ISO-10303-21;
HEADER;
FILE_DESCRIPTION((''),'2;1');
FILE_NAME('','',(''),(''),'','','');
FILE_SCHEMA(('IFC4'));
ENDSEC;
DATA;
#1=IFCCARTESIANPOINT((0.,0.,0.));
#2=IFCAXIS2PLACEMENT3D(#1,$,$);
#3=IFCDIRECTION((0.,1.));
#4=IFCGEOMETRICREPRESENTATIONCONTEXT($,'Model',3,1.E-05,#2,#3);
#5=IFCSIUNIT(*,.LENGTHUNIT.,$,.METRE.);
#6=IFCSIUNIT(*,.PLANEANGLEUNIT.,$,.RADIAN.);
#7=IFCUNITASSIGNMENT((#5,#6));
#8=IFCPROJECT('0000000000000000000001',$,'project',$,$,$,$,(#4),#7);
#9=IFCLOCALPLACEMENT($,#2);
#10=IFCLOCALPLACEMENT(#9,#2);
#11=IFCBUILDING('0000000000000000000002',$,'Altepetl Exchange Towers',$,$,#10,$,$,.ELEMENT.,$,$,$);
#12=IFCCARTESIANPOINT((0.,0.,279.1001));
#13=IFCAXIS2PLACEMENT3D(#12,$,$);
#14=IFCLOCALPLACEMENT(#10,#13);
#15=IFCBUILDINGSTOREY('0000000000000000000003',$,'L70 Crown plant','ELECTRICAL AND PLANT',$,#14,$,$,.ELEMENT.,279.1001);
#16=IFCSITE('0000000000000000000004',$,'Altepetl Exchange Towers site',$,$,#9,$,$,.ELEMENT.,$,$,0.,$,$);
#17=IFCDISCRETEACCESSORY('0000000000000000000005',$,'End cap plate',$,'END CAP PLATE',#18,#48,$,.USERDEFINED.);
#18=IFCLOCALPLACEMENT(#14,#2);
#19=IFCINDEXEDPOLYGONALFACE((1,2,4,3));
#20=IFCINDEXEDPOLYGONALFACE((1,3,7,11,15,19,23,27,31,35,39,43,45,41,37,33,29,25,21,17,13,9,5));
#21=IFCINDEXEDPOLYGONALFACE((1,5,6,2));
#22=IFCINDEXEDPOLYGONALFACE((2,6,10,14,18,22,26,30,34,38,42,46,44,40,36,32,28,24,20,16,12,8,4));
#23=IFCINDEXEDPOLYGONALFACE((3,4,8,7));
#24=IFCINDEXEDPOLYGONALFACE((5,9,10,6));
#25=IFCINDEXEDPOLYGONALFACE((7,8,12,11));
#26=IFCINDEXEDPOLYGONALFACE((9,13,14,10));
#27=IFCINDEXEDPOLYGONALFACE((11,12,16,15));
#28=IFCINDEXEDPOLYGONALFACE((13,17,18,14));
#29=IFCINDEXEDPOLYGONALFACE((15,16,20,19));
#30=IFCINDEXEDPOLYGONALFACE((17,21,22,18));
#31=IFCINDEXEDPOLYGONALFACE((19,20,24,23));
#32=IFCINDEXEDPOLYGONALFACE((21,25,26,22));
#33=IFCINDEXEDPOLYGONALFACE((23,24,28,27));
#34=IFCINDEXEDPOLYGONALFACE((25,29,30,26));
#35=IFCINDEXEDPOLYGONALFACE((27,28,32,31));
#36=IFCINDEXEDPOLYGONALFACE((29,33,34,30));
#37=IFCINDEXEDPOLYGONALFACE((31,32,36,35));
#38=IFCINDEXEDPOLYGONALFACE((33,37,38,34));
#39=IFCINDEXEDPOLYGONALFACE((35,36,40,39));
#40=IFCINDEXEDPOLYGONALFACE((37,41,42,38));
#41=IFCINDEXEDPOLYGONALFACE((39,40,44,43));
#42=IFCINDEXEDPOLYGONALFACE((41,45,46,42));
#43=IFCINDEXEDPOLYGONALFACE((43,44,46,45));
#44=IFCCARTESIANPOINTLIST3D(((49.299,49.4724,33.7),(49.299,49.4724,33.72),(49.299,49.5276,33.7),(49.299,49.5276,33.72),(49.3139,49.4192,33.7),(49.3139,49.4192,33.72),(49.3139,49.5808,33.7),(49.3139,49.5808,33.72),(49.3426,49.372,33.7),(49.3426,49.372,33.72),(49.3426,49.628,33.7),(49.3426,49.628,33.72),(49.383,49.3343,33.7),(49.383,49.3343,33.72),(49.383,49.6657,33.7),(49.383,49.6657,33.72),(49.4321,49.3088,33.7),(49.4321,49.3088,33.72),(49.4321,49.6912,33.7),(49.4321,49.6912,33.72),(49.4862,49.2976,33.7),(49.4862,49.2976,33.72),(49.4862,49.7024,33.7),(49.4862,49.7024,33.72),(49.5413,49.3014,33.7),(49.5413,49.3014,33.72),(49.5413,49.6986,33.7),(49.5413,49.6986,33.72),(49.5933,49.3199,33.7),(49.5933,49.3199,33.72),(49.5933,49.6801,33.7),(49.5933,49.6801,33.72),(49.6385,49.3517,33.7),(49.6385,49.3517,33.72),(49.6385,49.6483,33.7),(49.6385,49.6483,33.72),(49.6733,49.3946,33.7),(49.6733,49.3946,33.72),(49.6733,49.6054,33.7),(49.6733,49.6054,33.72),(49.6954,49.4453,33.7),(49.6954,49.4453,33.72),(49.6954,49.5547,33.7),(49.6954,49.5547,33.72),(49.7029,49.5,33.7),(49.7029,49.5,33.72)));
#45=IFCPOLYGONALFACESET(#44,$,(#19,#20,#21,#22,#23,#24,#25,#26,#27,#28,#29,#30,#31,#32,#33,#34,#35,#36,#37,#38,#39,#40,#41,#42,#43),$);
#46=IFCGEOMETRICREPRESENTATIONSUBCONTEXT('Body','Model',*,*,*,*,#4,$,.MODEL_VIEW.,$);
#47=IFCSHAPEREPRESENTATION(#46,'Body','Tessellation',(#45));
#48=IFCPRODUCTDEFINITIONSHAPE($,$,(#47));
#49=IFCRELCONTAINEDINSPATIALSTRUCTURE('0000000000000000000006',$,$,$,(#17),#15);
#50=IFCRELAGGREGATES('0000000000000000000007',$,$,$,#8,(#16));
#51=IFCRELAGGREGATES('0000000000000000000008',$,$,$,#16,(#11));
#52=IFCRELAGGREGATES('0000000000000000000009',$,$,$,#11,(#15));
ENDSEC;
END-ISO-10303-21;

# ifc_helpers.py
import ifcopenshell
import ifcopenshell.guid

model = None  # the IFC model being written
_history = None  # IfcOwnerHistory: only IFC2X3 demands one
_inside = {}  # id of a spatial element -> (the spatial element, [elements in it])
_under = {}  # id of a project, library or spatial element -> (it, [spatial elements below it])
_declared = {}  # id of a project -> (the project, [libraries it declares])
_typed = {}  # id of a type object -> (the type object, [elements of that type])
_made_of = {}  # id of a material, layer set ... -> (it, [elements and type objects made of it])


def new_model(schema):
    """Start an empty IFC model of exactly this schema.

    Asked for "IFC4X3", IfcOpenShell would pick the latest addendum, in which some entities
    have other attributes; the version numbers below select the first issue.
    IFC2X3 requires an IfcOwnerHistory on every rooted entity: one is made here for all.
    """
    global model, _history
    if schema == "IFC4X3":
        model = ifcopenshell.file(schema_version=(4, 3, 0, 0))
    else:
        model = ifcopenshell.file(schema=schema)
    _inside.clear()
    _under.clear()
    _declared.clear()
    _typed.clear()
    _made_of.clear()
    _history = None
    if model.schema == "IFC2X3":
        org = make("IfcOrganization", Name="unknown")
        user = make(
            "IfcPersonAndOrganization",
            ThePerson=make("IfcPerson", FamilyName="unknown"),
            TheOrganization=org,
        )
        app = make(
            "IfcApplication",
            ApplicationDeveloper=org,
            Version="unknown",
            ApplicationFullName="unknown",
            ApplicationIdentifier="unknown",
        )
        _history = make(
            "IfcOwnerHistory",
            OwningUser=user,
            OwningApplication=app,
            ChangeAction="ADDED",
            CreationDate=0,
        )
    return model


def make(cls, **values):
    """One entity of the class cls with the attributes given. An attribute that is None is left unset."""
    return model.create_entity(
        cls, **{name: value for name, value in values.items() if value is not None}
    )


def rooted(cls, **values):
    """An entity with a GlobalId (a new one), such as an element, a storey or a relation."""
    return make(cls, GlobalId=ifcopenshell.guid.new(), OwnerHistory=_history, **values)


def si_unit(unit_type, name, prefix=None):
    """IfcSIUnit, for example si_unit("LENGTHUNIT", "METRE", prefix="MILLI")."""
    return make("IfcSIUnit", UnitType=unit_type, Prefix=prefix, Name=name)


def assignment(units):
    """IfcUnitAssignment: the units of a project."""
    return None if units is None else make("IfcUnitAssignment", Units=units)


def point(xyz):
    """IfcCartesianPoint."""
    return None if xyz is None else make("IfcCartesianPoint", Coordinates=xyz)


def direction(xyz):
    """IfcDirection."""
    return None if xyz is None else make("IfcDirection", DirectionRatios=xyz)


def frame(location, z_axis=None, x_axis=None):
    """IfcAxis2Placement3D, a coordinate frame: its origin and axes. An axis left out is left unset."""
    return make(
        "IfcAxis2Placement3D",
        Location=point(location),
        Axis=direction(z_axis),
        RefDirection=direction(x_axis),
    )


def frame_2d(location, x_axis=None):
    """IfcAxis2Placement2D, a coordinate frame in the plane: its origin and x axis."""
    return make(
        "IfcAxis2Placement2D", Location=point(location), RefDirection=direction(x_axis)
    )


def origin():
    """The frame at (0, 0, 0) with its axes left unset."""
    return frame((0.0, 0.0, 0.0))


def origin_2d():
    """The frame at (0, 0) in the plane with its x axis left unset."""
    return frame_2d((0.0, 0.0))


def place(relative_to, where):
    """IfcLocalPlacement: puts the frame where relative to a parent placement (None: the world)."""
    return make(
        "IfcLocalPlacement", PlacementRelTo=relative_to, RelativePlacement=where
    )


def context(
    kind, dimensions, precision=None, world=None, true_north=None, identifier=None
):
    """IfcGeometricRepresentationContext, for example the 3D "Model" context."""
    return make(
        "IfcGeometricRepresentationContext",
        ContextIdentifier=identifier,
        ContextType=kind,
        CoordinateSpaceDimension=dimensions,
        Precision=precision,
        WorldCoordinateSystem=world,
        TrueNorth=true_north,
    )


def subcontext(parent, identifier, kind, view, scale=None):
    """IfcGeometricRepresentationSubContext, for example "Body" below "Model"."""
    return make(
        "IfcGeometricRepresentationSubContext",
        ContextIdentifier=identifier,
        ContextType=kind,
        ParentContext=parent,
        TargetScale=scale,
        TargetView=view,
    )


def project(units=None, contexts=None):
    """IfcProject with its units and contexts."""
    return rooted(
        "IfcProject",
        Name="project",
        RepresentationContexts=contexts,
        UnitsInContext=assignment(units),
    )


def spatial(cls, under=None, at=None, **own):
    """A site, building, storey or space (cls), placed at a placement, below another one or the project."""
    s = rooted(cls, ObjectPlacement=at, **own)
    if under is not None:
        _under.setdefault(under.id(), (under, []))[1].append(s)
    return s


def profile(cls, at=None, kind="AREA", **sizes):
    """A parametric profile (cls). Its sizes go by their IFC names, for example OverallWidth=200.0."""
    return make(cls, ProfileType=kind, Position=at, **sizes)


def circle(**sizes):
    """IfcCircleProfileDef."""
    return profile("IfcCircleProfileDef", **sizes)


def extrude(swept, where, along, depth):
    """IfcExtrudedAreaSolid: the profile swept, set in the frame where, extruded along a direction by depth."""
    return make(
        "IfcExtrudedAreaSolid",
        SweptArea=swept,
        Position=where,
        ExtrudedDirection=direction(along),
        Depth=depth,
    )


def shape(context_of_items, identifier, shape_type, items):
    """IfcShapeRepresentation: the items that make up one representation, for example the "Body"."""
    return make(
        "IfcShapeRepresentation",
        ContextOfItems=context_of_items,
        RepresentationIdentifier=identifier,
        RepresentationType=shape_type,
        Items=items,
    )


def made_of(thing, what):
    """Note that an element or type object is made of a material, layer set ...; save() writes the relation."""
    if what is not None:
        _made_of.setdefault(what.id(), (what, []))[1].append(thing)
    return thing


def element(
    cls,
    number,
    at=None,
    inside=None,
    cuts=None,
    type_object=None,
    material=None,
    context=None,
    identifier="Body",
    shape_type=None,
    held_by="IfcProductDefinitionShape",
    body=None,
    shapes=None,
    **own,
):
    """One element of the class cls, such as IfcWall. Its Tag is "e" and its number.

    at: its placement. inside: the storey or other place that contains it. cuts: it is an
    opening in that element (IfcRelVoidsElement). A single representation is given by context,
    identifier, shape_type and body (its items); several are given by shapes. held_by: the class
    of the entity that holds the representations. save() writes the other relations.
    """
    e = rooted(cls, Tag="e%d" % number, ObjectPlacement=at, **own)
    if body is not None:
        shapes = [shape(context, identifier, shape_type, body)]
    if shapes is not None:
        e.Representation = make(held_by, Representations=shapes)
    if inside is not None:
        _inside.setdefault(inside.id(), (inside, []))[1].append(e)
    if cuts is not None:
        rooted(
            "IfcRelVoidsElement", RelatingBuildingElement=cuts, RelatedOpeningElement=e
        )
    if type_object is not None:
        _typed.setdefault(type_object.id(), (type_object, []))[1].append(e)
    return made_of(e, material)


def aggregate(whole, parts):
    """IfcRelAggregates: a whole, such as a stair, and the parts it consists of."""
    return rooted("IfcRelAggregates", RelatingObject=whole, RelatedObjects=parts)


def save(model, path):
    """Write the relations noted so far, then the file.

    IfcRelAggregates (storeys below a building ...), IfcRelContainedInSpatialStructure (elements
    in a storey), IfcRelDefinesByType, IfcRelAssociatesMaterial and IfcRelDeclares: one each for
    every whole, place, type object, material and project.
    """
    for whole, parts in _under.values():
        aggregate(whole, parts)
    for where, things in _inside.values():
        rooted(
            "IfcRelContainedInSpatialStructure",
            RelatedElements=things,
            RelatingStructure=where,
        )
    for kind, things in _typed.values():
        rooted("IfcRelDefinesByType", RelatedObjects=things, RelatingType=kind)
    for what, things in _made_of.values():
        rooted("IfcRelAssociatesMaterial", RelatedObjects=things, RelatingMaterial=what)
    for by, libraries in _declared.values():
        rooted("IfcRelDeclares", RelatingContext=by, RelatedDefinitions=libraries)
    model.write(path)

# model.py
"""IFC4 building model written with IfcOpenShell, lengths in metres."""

from ifc_helpers import new_model, si_unit, direction, frame, origin, origin_2d, place, context, subcontext, project, spatial, circle, extrude, element, save


model = new_model("IFC4")

# Units and contexts
model_context = context("Model", 3, precision=1e-05, world=origin(), true_north=direction((0.0, 1.0)))
body_context = subcontext(model_context, "Body", "Model", "MODEL_VIEW")
ifc_project = project(units=[si_unit("LENGTHUNIT", "METRE"), si_unit("PLANEANGLEUNIT", "RADIAN")], contexts=[model_context])

# Site, building, storey
site_placement = place(None, origin())
site = spatial("IfcSite", under=ifc_project, at=site_placement, Name="Altepetl Exchange Towers site", CompositionType="ELEMENT", RefElevation=0.0)
building_placement = place(site_placement, origin())
building = spatial("IfcBuilding", under=site, at=building_placement, Name="Altepetl Exchange Towers", CompositionType="ELEMENT")
storey_placement = place(building_placement, frame((0.0, 0.0, 279.1001)))
storey = spatial("IfcBuildingStorey", under=building, at=storey_placement, Name="L70 Crown plant", Description="ELECTRICAL AND PLANT", CompositionType="ELEMENT", Elevation=279.1001)

# Discrete accessory
discrete_accessory_placement = place(storey_placement, frame((49.5, 49.5, 33.7)))
element("IfcDiscreteAccessory", 1, at=discrete_accessory_placement, inside=storey, Name="End cap plate", ObjectType="END CAP PLATE", PredefinedType="USERDEFINED", context=body_context, shape_type="SweptSolid", body=[
    extrude(circle(Radius=0.2029, at=origin_2d()), origin(), (0.0, 0.0, 1.0), 0.02),
])

save(model, "model.ifc")
